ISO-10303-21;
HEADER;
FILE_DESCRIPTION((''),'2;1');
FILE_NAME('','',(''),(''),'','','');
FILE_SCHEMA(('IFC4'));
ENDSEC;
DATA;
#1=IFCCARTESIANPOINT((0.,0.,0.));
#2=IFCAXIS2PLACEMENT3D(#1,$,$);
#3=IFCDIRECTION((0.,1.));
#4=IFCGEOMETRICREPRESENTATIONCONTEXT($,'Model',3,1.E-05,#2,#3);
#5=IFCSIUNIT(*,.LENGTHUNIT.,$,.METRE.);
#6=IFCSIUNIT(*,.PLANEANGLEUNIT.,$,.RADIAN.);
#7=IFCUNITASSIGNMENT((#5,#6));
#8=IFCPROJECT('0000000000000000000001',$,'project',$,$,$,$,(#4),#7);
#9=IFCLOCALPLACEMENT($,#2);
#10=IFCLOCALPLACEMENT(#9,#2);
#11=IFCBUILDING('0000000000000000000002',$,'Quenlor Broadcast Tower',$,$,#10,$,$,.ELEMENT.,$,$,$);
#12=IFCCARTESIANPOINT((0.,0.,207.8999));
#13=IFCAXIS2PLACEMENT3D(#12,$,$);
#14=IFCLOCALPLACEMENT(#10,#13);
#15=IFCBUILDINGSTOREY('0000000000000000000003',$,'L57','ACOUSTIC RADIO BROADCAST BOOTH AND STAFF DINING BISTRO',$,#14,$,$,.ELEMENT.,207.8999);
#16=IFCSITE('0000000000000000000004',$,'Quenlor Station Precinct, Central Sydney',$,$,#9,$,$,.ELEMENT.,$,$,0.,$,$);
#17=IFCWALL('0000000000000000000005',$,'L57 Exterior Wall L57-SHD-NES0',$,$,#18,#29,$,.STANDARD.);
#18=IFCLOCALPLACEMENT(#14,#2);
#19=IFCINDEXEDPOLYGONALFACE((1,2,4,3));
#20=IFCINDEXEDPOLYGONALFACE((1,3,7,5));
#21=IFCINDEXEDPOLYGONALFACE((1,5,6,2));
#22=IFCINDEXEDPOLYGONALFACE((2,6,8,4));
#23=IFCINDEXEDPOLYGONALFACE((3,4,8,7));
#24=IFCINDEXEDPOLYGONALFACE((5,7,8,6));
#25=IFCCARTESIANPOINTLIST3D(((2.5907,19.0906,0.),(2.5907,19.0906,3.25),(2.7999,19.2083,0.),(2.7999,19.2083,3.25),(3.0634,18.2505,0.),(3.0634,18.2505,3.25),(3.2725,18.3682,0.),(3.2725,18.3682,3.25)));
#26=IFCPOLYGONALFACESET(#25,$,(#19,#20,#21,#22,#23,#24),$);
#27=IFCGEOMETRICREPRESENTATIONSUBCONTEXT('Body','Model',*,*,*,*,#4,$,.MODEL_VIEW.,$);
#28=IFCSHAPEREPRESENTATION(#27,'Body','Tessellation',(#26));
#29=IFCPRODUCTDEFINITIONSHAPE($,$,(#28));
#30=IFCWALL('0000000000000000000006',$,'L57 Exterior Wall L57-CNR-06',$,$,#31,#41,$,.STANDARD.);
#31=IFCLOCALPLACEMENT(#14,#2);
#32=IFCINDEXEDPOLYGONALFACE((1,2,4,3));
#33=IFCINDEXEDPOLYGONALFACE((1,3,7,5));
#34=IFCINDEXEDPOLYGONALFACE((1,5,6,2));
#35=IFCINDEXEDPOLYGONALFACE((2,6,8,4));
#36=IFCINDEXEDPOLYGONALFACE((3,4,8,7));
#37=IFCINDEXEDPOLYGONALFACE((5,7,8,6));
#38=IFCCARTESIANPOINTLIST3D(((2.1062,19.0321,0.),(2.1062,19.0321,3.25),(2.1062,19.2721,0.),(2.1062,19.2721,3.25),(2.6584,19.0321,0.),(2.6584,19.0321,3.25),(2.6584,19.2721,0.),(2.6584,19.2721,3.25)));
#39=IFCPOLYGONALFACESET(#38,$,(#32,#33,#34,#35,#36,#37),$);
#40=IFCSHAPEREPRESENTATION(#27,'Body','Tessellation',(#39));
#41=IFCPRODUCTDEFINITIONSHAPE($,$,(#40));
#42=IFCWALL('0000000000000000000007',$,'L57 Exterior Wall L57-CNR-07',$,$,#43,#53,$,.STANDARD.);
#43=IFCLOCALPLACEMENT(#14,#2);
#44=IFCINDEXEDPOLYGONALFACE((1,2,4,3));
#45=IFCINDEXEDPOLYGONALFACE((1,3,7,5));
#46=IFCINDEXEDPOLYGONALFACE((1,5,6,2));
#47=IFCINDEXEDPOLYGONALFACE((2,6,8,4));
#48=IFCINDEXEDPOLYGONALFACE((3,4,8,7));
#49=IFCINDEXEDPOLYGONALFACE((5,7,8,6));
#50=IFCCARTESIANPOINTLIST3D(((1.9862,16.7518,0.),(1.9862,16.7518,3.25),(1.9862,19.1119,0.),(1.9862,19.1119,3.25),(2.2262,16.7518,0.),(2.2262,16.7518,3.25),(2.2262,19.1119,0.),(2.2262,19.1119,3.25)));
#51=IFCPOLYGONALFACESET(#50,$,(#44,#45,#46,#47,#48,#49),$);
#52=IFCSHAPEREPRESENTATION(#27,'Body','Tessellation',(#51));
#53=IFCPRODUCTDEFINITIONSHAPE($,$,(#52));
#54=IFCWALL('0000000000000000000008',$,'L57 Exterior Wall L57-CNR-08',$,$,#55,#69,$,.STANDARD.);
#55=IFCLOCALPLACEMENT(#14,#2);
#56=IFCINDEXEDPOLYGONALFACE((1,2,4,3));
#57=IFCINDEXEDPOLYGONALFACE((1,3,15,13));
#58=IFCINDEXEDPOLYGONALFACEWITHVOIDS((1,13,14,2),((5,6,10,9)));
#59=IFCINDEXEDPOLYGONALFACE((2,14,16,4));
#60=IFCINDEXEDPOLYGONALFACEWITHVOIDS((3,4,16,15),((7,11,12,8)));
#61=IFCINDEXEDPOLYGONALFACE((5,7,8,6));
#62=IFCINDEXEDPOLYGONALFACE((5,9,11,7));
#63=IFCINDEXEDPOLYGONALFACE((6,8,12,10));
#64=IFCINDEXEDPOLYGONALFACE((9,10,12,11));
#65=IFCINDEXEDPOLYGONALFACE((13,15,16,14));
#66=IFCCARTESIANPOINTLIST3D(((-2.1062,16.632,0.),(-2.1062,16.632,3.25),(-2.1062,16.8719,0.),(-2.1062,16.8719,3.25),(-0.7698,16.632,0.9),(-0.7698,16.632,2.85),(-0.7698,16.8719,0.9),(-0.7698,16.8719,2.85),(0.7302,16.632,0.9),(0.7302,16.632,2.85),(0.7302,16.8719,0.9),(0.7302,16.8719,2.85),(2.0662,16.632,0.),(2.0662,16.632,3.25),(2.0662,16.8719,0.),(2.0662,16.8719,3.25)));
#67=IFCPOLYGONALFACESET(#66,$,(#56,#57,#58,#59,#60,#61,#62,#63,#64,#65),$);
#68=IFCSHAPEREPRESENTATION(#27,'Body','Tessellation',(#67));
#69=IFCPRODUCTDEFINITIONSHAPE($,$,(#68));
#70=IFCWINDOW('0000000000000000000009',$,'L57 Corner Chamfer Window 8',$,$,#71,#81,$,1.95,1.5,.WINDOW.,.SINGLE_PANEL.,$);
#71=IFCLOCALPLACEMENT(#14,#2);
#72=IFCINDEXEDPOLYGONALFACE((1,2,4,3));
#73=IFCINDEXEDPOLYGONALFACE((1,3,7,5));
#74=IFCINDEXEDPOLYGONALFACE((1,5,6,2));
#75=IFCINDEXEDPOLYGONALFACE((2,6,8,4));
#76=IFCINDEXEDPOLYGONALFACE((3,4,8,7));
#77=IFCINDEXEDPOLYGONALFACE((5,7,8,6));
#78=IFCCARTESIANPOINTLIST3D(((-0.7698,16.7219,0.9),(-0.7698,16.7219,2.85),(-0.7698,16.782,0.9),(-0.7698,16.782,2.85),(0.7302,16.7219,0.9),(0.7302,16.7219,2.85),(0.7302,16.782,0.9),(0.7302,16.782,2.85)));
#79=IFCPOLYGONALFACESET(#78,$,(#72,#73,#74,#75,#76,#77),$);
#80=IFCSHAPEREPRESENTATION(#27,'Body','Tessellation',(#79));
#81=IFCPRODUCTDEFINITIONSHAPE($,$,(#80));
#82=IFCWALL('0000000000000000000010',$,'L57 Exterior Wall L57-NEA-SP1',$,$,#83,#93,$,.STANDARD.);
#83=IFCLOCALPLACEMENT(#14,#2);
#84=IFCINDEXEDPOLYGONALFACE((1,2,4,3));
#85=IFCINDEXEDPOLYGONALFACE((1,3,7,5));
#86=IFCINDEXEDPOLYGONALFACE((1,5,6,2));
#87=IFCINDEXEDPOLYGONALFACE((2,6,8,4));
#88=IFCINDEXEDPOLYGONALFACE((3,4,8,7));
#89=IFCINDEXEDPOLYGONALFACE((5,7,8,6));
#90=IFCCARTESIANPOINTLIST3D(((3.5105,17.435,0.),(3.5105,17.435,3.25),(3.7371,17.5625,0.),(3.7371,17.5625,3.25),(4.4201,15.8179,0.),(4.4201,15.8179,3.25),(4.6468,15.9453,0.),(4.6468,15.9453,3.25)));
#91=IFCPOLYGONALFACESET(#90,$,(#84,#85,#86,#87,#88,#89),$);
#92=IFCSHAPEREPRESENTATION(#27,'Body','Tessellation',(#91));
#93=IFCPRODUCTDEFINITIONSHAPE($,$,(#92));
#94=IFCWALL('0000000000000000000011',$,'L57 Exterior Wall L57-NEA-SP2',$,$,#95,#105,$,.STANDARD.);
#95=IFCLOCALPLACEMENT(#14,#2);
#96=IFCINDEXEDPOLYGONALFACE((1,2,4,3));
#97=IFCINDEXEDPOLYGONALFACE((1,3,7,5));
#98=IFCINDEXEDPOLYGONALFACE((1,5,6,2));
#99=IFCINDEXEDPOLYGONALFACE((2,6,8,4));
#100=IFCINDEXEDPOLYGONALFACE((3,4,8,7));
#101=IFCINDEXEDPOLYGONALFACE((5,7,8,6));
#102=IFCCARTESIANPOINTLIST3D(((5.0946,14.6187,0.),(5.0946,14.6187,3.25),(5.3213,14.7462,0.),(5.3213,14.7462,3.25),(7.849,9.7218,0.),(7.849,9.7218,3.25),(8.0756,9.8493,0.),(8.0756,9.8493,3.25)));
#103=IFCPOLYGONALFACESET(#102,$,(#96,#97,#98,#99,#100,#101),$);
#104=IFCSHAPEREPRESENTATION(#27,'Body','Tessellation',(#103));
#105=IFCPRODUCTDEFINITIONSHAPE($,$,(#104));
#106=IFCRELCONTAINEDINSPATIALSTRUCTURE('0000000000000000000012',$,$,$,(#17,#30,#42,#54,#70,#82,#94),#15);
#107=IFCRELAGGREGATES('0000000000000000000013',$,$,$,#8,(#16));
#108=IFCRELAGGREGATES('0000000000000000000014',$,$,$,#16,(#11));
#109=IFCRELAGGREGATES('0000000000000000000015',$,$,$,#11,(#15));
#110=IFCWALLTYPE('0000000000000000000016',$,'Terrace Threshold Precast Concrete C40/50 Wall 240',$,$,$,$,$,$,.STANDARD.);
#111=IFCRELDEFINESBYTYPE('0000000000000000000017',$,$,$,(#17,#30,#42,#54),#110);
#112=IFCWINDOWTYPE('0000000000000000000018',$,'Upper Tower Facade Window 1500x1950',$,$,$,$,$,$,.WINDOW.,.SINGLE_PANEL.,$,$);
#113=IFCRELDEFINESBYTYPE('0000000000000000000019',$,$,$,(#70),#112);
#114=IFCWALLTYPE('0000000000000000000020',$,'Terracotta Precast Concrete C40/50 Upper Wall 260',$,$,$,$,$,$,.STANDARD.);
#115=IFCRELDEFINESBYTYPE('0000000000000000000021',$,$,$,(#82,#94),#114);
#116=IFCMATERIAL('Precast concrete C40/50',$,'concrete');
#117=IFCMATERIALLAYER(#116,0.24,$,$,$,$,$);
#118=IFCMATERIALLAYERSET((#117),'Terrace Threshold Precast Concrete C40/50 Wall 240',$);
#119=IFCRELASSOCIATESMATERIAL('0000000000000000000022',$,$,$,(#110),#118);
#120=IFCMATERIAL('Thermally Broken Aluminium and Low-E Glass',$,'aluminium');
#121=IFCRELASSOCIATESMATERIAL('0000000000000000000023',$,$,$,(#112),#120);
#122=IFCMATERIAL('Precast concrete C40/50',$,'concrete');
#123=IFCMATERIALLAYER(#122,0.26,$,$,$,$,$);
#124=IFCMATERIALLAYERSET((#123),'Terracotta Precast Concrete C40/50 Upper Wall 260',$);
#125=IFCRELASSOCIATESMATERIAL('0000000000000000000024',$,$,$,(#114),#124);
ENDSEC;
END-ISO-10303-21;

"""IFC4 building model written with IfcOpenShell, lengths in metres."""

from ifc_helpers import new_model, si_unit, direction, frame, frame_2d, origin, place, context, subcontext, project, spatial, rectangle, extrude, material, layer, layer_set, type_object, element, fill, save


model = new_model("IFC4")

# Units and contexts
model_context = context("Model", 3, precision=1e-05, world=origin(), true_north=direction((0.0, 1.0)))
body_context = subcontext(model_context, "Body", "Model", "MODEL_VIEW")
ifc_project = project(units=[si_unit("LENGTHUNIT", "METRE"), si_unit("PLANEANGLEUNIT", "RADIAN")], contexts=[model_context])

# Site, building, storey
site_placement = place(None, origin())
site = spatial("IfcSite", under=ifc_project, at=site_placement, Name="Quenlor Station Precinct, Central Sydney", CompositionType="ELEMENT", RefElevation=0.0)
building_placement = place(site_placement, origin())
building = spatial("IfcBuilding", under=site, at=building_placement, Name="Quenlor Broadcast Tower", CompositionType="ELEMENT")
storey_placement = place(building_placement, frame((0.0, 0.0, 207.8999)))
storey = spatial("IfcBuildingStorey", under=building, at=storey_placement, Name="L57", Description="ACOUSTIC RADIO BROADCAST BOOTH AND STAFF DINING BISTRO", CompositionType="ELEMENT", Elevation=207.8999)

# Walls
ifc_material_1 = material(Name="Precast concrete C40/50", Category="concrete")
ifc_layer_1 = layer(ifc_material_1, 0.24)
ifc_layer_set_1 = layer_set([ifc_layer_1], Name="Terrace Threshold Precast Concrete C40/50 Wall 240")
wall_type_1 = type_object("IfcWallType", Name="Terrace Threshold Precast Concrete C40/50 Wall 240", PredefinedType="STANDARD", material=ifc_layer_set_1)
wall_1_placement = place(storey_placement, frame((2.6953, 19.1494, 0.0), z_axis=(0.0, 0.0, 1.0), x_axis=(0.490345, -0.871528, 0.0)))
element("IfcWall", 1, at=wall_1_placement, inside=storey, type_object=wall_type_1, Name="L57 Exterior Wall L57-SHD-NES0", PredefinedType="STANDARD", context=body_context, shape_type="SweptSolid", body=[
    extrude(rectangle(XDim=0.9639, YDim=0.24, at=frame_2d((0.4819, 0.0))), origin(), (0.0, 0.0, 1.0), 3.25),
])
wall_2_placement = place(storey_placement, frame((2.6584, 19.1521, 0.0), z_axis=(0.0, 0.0, 1.0), x_axis=(-1.0, 0.0, 0.0)))
element("IfcWall", 2, at=wall_2_placement, inside=storey, type_object=wall_type_1, Name="L57 Exterior Wall L57-CNR-06", PredefinedType="STANDARD", context=body_context, shape_type="SweptSolid", body=[
    extrude(rectangle(XDim=0.5522, YDim=0.24, at=frame_2d((0.2761, 0.0))), origin(), (0.0, 0.0, 1.0), 3.25),
])
wall_3_placement = place(storey_placement, frame((2.1062, 19.1121, 0.0), z_axis=(0.0, 0.0, 1.0), x_axis=(0.0, -1.0, 0.0)))
element("IfcWall", 3, at=wall_3_placement, inside=storey, type_object=wall_type_1, Name="L57 Exterior Wall L57-CNR-07", PredefinedType="STANDARD", context=body_context, shape_type="SweptSolid", body=[
    extrude(rectangle(XDim=2.3601, YDim=0.24, at=frame_2d((1.1802, 0.0))), origin(), (0.0, 0.0, 1.0), 3.25),
])

# Wall, opening, window
wall_4_placement = place(storey_placement, frame((2.0662, 16.752, 0.0), z_axis=(0.0, 0.0, 1.0), x_axis=(-1.0, 0.0, 0.0)))
wall_4 = element("IfcWall", 4, at=wall_4_placement, inside=storey, type_object=wall_type_1, Name="L57 Exterior Wall L57-CNR-08", PredefinedType="STANDARD", context=body_context, shape_type="SweptSolid", body=[
    extrude(rectangle(XDim=4.1724, YDim=0.24, at=frame_2d((2.0862, 0.0))), origin(), (0.0, 0.0, 1.0), 3.25),
])
opening_placement = place(wall_4_placement, frame((1.3359, 0.0, 0.8999)))
opening = element("IfcOpeningElement", 5, at=opening_placement, cuts=wall_4, PredefinedType="OPENING", context=body_context, shape_type="SweptSolid", body=[
    extrude(rectangle(XDim=1.5, YDim=1.95, at=frame_2d((0.75, 0.9751))), frame((0.0, 0.1299, 0.0), z_axis=(0.0, -1.0, 0.0), x_axis=(1.0, 0.0, 0.0)), (0.0, 0.0, 1.0), 0.26),
])
ifc_material_2 = material(Name="Thermally Broken Aluminium and Low-E Glass", Category="aluminium")
window_type = type_object("IfcWindowType", Name="Upper Tower Facade Window 1500x1950", PartitioningType="SINGLE_PANEL", PredefinedType="WINDOW", material=ifc_material_2)
window_placement = place(opening_placement, origin())
window = element("IfcWindow", 6, at=window_placement, inside=storey, type_object=window_type, Name="L57 Corner Chamfer Window 8", OverallHeight=1.95, OverallWidth=1.5, PartitioningType="SINGLE_PANEL", PredefinedType="WINDOW", context=body_context, shape_type="SweptSolid", body=[
    extrude(rectangle(XDim=1.5, YDim=1.95, at=frame_2d((0.75, 0.9751))), frame((0.0, 0.03, 0.0), z_axis=(0.0, -1.0, 0.0), x_axis=(1.0, 0.0, 0.0)), (0.0, 0.0, 1.0), 0.0601),
])
fill(opening, window)

# Walls
ifc_material_3 = material(Name="Precast concrete C40/50", Category="concrete")
ifc_layer_2 = layer(ifc_material_3, 0.26)
ifc_layer_set_2 = layer_set([ifc_layer_2], Name="Terracotta Precast Concrete C40/50 Upper Wall 260")
wall_type_2 = type_object("IfcWallType", Name="Terracotta Precast Concrete C40/50 Upper Wall 260", PredefinedType="STANDARD", material=ifc_layer_set_2)
wall_5_placement = place(storey_placement, frame((3.6238, 17.4988, 0.0), z_axis=(0.0, 0.0, 1.0), x_axis=(0.490261, -0.871576, 0.0)))
element("IfcWall", 7, at=wall_5_placement, inside=storey, type_object=wall_type_2, Name="L57 Exterior Wall L57-NEA-SP1", PredefinedType="STANDARD", context=body_context, shape_type="SweptSolid", body=[
    extrude(rectangle(XDim=1.8555, YDim=0.26, at=frame_2d((0.9277, 0.0))), origin(), (0.0, 0.0, 1.0), 3.25),
])
wall_6_placement = place(storey_placement, frame((5.208, 14.6824, 0.0), z_axis=(0.0, 0.0, 1.0), x_axis=(0.490241, -0.871587, 0.0)))
element("IfcWall", 8, at=wall_6_placement, inside=storey, type_object=wall_type_2, Name="L57 Exterior Wall L57-NEA-SP2", PredefinedType="STANDARD", context=body_context, shape_type="SweptSolid", body=[
    extrude(rectangle(XDim=5.6184, YDim=0.26, at=frame_2d((2.8091, 0.0))), origin(), (0.0, 0.0, 1.0), 3.25),
])

save(model, "model.ifc")
